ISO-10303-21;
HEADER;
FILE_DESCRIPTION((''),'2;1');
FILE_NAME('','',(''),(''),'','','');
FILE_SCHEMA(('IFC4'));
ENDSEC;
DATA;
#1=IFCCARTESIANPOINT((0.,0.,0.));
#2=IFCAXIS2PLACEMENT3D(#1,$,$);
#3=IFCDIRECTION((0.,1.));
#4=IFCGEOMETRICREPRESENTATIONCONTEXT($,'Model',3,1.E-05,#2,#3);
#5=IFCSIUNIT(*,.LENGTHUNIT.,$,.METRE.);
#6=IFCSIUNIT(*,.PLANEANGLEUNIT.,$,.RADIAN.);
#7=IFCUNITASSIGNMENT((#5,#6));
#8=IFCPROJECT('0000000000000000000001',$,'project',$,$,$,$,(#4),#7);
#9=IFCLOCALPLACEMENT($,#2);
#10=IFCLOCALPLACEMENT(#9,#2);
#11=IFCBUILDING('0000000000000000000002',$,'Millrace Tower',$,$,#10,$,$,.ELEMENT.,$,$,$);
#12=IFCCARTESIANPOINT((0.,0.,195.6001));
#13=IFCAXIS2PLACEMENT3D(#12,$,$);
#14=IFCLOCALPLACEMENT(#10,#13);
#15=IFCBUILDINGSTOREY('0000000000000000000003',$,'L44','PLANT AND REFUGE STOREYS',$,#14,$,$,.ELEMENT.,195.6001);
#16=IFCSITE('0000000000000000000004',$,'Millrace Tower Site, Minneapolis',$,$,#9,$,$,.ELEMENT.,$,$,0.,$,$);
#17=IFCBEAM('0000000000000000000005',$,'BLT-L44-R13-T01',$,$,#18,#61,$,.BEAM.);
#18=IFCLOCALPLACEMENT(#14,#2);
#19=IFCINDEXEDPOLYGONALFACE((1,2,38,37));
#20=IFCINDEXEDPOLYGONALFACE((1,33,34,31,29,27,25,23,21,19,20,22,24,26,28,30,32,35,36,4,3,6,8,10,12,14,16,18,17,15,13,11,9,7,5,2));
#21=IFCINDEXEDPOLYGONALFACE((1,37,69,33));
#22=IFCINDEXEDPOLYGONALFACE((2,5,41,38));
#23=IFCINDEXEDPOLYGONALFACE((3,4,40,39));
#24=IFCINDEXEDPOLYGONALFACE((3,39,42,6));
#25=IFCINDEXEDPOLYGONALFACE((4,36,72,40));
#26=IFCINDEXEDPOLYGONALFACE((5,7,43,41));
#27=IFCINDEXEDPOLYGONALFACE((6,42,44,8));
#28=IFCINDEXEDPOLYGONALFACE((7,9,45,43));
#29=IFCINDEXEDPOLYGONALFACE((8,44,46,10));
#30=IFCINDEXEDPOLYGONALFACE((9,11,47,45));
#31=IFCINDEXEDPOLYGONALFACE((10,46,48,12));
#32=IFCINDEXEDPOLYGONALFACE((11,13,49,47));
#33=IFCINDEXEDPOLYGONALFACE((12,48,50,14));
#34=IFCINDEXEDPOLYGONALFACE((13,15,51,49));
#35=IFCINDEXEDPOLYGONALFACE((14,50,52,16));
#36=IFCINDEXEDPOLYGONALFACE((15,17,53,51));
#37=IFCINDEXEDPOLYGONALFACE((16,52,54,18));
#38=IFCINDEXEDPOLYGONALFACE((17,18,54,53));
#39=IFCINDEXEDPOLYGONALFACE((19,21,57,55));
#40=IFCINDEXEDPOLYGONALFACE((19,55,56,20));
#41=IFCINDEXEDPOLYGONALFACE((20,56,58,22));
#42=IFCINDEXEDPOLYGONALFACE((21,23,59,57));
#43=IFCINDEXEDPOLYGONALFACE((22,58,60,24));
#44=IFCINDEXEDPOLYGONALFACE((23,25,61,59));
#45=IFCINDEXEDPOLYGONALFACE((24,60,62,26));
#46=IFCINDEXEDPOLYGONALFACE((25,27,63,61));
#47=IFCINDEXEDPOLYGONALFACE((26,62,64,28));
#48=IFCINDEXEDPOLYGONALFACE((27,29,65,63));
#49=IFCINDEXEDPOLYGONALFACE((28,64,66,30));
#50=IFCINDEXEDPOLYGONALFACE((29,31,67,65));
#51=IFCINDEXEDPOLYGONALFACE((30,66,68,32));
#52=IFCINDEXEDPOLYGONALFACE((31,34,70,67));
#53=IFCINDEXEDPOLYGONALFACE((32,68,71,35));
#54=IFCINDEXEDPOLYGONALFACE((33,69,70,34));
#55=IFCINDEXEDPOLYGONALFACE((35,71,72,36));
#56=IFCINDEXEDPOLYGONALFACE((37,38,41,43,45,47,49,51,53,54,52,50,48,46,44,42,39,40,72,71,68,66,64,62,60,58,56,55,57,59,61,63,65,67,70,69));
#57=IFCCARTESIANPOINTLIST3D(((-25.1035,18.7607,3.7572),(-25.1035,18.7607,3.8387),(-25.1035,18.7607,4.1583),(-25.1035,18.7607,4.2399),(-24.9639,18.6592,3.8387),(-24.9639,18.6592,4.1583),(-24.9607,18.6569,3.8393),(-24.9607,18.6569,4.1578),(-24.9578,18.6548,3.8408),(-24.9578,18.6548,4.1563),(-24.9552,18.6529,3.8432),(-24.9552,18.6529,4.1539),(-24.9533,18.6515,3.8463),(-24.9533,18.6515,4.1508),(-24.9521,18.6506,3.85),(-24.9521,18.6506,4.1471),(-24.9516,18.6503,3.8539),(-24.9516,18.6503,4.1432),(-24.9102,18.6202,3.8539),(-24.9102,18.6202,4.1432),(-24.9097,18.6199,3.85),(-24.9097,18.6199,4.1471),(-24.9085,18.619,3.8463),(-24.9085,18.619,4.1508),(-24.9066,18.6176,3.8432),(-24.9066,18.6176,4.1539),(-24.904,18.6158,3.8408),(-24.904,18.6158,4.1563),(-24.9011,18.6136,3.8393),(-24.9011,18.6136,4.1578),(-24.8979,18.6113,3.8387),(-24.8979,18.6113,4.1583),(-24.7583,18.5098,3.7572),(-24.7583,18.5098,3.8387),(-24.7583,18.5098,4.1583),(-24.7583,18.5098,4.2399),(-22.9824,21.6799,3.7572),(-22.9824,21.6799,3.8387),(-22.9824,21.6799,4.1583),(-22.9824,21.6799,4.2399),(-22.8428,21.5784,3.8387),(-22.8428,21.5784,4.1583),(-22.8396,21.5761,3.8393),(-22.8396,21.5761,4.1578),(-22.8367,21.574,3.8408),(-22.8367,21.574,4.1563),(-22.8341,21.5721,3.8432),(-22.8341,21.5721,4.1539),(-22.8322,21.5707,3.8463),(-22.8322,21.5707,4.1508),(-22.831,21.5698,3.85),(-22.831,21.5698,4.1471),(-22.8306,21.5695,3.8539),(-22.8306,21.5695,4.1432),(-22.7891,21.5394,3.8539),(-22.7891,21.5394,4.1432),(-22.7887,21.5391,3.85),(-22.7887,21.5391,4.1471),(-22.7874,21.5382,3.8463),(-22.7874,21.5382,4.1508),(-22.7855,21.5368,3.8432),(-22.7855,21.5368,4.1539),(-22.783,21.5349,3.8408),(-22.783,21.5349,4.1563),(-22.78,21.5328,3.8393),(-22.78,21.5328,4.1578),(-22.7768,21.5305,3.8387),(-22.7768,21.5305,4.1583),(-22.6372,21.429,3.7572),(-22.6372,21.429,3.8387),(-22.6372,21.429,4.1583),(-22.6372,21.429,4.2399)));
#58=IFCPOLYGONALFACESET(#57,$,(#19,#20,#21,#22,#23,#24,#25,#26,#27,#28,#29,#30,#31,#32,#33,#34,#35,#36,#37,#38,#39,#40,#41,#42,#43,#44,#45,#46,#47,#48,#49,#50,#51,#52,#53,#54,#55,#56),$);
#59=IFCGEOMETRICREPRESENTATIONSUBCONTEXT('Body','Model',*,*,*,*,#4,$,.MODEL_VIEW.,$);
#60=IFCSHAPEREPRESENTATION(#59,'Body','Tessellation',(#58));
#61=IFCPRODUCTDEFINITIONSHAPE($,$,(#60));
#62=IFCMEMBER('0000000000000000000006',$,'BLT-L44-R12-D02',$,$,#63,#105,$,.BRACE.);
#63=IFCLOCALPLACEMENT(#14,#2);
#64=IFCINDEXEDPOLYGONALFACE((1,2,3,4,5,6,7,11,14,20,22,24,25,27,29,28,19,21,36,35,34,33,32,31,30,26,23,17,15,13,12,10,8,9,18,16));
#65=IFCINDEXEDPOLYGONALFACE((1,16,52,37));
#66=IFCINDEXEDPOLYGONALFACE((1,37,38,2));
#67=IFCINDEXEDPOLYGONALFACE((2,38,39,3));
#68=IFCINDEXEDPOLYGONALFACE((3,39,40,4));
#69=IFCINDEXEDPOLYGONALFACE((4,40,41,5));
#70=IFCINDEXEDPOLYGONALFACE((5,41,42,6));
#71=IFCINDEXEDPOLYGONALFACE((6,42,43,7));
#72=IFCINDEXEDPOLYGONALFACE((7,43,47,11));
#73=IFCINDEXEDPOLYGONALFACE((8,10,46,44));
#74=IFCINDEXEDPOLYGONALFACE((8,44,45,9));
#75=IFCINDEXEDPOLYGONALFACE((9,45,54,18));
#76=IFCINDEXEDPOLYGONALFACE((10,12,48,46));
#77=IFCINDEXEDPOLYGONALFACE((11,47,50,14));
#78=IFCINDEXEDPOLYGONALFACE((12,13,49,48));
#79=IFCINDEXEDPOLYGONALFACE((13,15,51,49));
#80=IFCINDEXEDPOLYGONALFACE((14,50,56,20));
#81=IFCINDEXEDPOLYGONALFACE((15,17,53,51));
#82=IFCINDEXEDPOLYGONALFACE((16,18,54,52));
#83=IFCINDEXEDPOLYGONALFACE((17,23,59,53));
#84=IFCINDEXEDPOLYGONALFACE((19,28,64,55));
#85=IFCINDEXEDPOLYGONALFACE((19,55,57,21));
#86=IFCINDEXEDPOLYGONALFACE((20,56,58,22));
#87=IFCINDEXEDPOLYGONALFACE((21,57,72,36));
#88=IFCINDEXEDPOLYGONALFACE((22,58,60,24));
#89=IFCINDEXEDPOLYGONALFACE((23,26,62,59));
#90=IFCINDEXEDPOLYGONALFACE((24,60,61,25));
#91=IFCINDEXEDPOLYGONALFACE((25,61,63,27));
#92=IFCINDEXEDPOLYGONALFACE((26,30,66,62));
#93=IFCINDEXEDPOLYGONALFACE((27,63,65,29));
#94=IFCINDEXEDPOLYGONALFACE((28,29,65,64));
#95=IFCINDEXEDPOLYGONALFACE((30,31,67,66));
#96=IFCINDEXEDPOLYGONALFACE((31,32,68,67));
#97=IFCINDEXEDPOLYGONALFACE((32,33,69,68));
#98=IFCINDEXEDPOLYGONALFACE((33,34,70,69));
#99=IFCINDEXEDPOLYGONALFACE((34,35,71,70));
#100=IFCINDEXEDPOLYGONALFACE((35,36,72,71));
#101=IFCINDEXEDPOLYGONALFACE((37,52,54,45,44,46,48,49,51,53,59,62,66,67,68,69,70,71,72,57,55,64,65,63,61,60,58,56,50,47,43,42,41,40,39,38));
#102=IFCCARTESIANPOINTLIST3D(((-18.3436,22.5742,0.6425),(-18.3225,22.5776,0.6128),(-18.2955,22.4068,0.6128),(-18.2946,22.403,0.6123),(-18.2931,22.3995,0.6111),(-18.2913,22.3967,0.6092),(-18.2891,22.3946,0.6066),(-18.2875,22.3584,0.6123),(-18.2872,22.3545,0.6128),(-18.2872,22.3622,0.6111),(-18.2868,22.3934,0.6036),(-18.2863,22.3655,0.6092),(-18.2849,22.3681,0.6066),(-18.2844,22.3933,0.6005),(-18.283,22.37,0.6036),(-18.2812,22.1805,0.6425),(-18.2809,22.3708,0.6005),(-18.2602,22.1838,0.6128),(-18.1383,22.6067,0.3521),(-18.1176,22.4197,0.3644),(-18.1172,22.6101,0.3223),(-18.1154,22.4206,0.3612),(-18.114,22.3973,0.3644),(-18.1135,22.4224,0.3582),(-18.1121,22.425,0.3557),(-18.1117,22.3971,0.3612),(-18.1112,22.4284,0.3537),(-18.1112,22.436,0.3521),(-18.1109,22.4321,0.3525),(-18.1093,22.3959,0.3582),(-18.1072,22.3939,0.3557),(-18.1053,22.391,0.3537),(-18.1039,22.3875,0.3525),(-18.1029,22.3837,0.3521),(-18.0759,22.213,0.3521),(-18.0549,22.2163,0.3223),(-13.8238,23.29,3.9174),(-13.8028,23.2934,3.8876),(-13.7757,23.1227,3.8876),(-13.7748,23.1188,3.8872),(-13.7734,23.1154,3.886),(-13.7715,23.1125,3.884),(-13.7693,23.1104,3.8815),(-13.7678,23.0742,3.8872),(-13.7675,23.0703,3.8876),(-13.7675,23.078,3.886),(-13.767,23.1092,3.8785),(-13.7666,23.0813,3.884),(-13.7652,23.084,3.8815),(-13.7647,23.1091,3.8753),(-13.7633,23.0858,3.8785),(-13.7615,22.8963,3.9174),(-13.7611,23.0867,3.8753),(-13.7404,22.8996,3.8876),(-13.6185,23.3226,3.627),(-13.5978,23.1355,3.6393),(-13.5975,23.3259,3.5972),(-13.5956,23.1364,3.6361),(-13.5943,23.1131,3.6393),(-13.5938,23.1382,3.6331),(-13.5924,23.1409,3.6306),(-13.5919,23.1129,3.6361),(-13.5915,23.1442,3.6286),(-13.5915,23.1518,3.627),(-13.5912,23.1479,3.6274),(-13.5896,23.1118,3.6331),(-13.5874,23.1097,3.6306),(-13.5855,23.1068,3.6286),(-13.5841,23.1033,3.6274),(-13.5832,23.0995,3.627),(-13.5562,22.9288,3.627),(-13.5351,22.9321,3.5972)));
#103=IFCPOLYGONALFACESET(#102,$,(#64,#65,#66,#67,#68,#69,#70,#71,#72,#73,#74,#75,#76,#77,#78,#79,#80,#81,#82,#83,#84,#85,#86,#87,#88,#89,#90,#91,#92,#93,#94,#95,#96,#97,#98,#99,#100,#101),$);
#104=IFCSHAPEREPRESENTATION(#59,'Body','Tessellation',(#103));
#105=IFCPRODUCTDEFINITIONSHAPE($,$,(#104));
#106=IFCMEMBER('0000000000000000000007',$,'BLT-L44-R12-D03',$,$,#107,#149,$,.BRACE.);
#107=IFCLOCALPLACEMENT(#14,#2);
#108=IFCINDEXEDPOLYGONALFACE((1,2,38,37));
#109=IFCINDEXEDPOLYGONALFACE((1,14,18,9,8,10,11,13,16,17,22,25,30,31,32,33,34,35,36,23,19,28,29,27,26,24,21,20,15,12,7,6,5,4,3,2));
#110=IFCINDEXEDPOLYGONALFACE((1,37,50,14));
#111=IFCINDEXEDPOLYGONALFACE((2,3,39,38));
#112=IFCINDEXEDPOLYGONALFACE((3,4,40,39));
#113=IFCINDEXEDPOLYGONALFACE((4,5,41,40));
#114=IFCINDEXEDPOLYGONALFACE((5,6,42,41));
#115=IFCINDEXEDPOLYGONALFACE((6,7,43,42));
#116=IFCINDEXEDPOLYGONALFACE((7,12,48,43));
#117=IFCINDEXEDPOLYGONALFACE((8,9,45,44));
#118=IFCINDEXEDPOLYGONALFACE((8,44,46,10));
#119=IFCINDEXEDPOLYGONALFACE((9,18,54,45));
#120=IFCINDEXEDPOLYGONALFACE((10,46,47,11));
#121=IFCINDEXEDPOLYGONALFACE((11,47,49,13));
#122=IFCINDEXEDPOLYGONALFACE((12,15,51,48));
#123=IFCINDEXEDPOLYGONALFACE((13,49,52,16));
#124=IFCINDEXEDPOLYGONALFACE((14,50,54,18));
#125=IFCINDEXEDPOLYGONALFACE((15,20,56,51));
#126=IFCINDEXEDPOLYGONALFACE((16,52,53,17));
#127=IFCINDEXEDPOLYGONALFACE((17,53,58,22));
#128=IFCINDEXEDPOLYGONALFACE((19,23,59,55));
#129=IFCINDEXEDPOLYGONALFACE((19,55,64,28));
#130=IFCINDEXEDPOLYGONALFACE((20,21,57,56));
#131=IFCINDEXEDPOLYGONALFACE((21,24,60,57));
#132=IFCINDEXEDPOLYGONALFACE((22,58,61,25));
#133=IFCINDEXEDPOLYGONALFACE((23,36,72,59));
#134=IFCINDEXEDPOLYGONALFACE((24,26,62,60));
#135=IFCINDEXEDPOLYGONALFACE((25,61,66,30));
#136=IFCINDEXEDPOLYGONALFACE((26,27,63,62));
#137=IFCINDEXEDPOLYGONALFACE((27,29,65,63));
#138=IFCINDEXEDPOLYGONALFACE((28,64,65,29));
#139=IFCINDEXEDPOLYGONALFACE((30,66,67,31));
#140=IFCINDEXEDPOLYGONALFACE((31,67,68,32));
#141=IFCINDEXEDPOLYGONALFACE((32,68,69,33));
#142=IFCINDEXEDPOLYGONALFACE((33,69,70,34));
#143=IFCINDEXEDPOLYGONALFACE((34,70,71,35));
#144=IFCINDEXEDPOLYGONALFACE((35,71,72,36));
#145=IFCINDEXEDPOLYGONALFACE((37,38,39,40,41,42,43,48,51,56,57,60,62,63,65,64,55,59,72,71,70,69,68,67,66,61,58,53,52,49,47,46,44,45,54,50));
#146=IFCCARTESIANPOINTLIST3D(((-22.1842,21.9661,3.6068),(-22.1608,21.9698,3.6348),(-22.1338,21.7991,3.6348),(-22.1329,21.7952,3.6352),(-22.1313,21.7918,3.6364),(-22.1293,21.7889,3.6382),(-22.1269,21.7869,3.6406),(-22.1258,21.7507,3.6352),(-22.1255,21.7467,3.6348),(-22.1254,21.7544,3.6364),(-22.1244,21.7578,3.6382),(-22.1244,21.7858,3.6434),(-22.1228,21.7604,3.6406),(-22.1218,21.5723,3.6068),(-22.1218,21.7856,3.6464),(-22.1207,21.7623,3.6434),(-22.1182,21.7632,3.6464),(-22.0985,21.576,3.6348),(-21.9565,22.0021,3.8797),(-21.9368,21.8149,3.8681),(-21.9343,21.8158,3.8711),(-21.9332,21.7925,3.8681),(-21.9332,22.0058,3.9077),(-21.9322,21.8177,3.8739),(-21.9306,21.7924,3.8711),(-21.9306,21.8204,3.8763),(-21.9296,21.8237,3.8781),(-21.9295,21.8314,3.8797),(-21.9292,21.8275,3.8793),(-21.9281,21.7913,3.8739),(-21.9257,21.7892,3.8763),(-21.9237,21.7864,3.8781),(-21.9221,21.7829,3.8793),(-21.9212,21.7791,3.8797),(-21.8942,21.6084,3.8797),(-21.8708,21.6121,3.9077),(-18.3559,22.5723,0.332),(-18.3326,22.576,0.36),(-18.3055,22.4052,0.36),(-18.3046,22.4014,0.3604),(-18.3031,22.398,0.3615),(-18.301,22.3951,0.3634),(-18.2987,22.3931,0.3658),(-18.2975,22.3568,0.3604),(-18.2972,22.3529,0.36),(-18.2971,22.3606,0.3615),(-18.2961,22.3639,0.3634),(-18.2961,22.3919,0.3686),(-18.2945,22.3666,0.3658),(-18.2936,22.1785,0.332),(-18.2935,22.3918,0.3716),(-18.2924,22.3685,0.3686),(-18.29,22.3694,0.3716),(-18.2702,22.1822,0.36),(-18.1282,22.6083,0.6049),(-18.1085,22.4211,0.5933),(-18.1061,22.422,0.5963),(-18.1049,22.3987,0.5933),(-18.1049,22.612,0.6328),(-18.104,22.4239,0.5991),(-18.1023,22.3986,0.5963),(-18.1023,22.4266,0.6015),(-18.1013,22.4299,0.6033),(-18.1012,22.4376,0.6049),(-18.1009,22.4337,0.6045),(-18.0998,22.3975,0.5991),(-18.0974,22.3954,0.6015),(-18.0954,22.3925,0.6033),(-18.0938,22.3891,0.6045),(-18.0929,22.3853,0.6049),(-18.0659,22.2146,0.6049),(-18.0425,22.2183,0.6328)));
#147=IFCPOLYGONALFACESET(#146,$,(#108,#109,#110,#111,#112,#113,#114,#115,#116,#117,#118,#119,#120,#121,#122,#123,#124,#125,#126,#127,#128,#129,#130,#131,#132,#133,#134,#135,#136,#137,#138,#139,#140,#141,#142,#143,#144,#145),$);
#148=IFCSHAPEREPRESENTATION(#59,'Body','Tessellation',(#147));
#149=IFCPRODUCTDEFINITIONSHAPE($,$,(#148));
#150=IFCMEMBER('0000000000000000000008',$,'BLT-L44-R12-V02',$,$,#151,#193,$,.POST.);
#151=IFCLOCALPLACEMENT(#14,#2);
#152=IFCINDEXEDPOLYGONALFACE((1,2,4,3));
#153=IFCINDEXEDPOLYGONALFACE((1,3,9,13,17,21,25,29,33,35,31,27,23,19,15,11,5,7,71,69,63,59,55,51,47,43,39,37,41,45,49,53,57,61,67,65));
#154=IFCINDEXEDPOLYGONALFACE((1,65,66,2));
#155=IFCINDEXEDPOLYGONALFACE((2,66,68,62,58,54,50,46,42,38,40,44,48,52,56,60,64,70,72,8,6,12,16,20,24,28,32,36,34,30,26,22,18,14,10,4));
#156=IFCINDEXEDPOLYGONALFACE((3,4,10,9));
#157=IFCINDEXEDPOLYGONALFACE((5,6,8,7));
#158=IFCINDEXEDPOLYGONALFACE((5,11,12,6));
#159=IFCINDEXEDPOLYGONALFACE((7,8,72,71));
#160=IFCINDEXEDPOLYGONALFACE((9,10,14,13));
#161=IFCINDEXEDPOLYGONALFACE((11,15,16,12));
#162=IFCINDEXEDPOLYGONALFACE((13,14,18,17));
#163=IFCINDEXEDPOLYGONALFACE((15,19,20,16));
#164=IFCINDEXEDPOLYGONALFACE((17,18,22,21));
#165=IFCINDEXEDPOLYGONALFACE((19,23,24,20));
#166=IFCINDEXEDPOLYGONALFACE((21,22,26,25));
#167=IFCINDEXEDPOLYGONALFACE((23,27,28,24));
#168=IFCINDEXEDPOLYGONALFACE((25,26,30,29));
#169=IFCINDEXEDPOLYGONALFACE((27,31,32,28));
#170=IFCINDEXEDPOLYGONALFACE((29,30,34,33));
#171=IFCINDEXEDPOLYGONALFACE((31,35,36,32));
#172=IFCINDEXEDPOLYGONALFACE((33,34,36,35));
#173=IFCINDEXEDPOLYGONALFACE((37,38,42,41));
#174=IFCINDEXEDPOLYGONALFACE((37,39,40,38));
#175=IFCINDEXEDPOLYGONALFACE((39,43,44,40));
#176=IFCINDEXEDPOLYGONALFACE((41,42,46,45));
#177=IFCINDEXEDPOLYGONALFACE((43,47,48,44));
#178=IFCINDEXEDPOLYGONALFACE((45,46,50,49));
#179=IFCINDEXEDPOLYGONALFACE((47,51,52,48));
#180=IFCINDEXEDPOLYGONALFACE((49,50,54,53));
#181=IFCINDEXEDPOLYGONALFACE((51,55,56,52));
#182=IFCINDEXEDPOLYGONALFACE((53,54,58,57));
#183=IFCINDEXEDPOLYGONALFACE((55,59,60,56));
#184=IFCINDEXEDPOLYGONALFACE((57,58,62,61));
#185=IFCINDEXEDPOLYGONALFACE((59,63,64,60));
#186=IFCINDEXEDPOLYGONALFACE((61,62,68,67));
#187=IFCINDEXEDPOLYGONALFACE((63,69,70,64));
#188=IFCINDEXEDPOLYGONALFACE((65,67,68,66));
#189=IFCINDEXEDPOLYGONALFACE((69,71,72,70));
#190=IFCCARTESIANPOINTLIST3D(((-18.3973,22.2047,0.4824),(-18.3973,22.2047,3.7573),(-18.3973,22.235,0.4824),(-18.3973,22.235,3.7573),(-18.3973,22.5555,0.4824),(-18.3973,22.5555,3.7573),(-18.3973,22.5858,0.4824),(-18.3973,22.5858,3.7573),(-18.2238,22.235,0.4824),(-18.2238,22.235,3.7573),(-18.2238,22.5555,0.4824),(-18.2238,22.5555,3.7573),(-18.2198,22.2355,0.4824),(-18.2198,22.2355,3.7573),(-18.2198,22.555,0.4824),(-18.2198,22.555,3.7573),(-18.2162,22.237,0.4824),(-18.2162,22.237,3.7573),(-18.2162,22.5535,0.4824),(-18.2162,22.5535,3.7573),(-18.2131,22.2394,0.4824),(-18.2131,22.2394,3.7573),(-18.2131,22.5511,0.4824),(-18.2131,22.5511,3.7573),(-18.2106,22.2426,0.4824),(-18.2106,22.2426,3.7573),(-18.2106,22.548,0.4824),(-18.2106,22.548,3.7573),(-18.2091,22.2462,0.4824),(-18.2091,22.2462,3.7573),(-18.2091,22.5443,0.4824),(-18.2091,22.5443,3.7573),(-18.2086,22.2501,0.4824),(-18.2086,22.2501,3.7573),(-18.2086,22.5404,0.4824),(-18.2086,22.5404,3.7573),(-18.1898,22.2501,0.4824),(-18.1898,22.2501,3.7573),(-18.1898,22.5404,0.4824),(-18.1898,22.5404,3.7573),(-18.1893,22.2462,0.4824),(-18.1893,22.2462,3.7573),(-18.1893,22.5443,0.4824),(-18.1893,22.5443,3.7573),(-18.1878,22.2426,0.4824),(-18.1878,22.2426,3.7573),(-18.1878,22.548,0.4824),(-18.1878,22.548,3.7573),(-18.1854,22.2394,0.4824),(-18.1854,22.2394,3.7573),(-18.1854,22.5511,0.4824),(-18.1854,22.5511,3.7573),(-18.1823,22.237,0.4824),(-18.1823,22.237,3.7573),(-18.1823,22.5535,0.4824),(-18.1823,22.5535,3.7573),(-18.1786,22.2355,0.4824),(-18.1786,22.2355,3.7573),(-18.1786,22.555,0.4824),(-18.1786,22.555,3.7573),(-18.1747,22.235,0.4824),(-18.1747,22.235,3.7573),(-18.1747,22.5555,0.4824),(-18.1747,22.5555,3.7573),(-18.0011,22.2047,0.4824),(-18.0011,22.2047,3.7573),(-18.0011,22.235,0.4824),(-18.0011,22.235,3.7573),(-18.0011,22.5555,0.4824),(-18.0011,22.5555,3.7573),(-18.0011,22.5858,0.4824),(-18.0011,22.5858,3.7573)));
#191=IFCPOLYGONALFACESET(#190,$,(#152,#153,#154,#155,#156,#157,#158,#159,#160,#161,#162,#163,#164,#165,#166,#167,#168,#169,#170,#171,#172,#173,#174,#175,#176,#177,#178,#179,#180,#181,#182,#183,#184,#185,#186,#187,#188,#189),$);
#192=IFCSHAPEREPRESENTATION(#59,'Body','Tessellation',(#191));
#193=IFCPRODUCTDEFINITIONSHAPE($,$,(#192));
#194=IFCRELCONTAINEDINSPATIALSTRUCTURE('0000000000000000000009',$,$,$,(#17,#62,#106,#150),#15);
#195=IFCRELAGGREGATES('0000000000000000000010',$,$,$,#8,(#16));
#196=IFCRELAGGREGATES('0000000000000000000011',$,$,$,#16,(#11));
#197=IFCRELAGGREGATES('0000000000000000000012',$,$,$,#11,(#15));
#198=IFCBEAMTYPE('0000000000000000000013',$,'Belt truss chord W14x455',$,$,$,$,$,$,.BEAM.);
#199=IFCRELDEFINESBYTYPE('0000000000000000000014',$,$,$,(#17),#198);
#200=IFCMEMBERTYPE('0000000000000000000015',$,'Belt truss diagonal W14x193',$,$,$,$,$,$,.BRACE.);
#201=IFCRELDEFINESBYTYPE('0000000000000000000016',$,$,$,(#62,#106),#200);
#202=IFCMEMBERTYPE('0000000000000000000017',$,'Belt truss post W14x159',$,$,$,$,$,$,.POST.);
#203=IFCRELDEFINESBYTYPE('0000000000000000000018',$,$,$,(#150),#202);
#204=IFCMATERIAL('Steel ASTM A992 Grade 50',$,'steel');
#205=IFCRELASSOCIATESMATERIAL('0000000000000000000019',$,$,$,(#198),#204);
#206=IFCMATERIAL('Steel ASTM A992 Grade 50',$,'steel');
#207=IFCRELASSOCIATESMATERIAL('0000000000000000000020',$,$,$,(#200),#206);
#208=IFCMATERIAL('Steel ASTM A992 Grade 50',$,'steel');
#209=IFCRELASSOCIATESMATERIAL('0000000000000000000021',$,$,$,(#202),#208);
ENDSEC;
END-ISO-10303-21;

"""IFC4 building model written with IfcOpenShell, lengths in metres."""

from ifc_helpers import new_model, si_unit, direction, frame, origin, origin_2d, place, context, subcontext, project, spatial, i_section, extrude, material, material_profile, profile_set, type_object, element, save


model = new_model("IFC4")

# Units and contexts
model_context = context("Model", 3, precision=1e-05, world=origin(), true_north=direction((0.0, 1.0)))
body_context = subcontext(model_context, "Body", "Model", "MODEL_VIEW")
ifc_project = project(units=[si_unit("LENGTHUNIT", "METRE"), si_unit("PLANEANGLEUNIT", "RADIAN")], contexts=[model_context])

# Site, building, storey
site_placement = place(None, origin())
site = spatial("IfcSite", under=ifc_project, at=site_placement, Name="Millrace Tower Site, Minneapolis", CompositionType="ELEMENT", RefElevation=0.0)
building_placement = place(site_placement, origin())
building = spatial("IfcBuilding", under=site, at=building_placement, Name="Millrace Tower", CompositionType="ELEMENT")
storey_placement = place(building_placement, frame((0.0, 0.0, 195.6001)))
storey = spatial("IfcBuildingStorey", under=building, at=storey_placement, Name="L44", Description="PLANT AND REFUGE STOREYS", CompositionType="ELEMENT", Elevation=195.6001)

# Beam
ifc_material_1 = material(Name="Steel ASTM A992 Grade 50", Category="steel")
ifc_material_profile_1 = material_profile(ifc_material_1, i_section(OverallWidth=0.4268, OverallDepth=0.4827, WebThickness=0.0513, FlangeThickness=0.0815, FilletRadius=0.0151, at=origin_2d()))
ifc_profile_set_1 = profile_set([ifc_material_profile_1], Name="Steel ASTM A992 Grade 50")
beam_type_1 = type_object("IfcBeamType", Name="Belt truss chord W14x455", PredefinedType="BEAM", material=ifc_profile_set_1)
beam_1_placement = place(storey_placement, frame((-22.8098, 21.5544, 3.9985), z_axis=(-0.587818, -0.808993, 0.0), x_axis=(0.808993, -0.587818, 0.0)))
element("IfcBeam", 1, at=beam_1_placement, inside=storey, type_object=beam_type_1, Name="BLT-L44-R13-T01", PredefinedType="BEAM", context=body_context, shape_type="SweptSolid", body=[
    extrude(i_section(OverallWidth=0.4268, OverallDepth=0.4827, WebThickness=0.0513, FlangeThickness=0.0815, FilletRadius=0.0151, at=origin_2d()), origin(), (0.0, 0.0, 1.0), 3.6084),
])

# Members
ifc_material_2 = material(Name="Steel ASTM A992 Grade 50", Category="steel")
ifc_material_profile_2 = material_profile(ifc_material_2, i_section(OverallWidth=0.3987, OverallDepth=0.3938, WebThickness=0.0227, FlangeThickness=0.0366, FilletRadius=0.0151, at=origin_2d()))
ifc_profile_set_2 = profile_set([ifc_material_profile_2], Name="Steel ASTM A992 Grade 50")
member_type_1 = type_object("IfcMemberType", Name="Belt truss diagonal W14x193", PredefinedType="BRACE", material=ifc_profile_set_2)
member_1_placement = place(storey_placement, frame((-18.1992, 22.3953, 0.4824), z_axis=(0.803197, 0.127206, 0.581974), x_axis=(-0.156426, 0.98769, 0.0)))
element("IfcMember", 2, at=member_1_placement, inside=storey, type_object=member_type_1, Name="BLT-L44-R12-D02", PredefinedType="BRACE", context=body_context, shape_type="SweptSolid", body=[
    extrude(i_section(OverallWidth=0.3987, OverallDepth=0.3938, WebThickness=0.0227, FlangeThickness=0.0366, FilletRadius=0.0151, at=origin_2d()), origin(), (0.0, 0.0, 1.0), 5.6272),
])
member_2_placement = place(storey_placement, frame((-18.1992, 22.3953, 0.4824), z_axis=(-0.754457, -0.119464, 0.645386), x_axis=(0.156396, -0.987694, 0.0)))
element("IfcMember", 3, at=member_2_placement, inside=storey, type_object=member_type_1, Name="BLT-L44-R12-D03", PredefinedType="BRACE", context=body_context, shape_type="SweptSolid", body=[
    extrude(i_section(OverallWidth=0.3987, OverallDepth=0.3938, WebThickness=0.0227, FlangeThickness=0.0366, FilletRadius=0.0151, at=origin_2d()), origin(), (0.0, 0.0, 1.0), 5.0742),
])
ifc_material_3 = material(Name="Steel ASTM A992 Grade 50", Category="steel")
ifc_material_profile_3 = material_profile(ifc_material_3, i_section(OverallWidth=0.3962, OverallDepth=0.3811, WebThickness=0.0188, FlangeThickness=0.0303, FilletRadius=0.0151, at=origin_2d()))
ifc_profile_set_3 = profile_set([ifc_material_profile_3], Name="Steel ASTM A992 Grade 50")
member_type_2 = type_object("IfcMemberType", Name="Belt truss post W14x159", PredefinedType="POST", material=ifc_profile_set_3)
member_3_placement = place(storey_placement, frame((-18.1992, 22.3953, 0.4824), z_axis=(0.0, 0.0, 1.0), x_axis=(1.0, 0.0, 0.0)))
element("IfcMember", 4, at=member_3_placement, inside=storey, type_object=member_type_2, Name="BLT-L44-R12-V02", PredefinedType="POST", context=body_context, shape_type="SweptSolid", body=[
    extrude(i_section(OverallWidth=0.3962, OverallDepth=0.3811, WebThickness=0.0188, FlangeThickness=0.0303, FilletRadius=0.0151, at=origin_2d()), origin(), (0.0, 0.0, 1.0), 3.2749),
])

save(model, "model.ifc")
